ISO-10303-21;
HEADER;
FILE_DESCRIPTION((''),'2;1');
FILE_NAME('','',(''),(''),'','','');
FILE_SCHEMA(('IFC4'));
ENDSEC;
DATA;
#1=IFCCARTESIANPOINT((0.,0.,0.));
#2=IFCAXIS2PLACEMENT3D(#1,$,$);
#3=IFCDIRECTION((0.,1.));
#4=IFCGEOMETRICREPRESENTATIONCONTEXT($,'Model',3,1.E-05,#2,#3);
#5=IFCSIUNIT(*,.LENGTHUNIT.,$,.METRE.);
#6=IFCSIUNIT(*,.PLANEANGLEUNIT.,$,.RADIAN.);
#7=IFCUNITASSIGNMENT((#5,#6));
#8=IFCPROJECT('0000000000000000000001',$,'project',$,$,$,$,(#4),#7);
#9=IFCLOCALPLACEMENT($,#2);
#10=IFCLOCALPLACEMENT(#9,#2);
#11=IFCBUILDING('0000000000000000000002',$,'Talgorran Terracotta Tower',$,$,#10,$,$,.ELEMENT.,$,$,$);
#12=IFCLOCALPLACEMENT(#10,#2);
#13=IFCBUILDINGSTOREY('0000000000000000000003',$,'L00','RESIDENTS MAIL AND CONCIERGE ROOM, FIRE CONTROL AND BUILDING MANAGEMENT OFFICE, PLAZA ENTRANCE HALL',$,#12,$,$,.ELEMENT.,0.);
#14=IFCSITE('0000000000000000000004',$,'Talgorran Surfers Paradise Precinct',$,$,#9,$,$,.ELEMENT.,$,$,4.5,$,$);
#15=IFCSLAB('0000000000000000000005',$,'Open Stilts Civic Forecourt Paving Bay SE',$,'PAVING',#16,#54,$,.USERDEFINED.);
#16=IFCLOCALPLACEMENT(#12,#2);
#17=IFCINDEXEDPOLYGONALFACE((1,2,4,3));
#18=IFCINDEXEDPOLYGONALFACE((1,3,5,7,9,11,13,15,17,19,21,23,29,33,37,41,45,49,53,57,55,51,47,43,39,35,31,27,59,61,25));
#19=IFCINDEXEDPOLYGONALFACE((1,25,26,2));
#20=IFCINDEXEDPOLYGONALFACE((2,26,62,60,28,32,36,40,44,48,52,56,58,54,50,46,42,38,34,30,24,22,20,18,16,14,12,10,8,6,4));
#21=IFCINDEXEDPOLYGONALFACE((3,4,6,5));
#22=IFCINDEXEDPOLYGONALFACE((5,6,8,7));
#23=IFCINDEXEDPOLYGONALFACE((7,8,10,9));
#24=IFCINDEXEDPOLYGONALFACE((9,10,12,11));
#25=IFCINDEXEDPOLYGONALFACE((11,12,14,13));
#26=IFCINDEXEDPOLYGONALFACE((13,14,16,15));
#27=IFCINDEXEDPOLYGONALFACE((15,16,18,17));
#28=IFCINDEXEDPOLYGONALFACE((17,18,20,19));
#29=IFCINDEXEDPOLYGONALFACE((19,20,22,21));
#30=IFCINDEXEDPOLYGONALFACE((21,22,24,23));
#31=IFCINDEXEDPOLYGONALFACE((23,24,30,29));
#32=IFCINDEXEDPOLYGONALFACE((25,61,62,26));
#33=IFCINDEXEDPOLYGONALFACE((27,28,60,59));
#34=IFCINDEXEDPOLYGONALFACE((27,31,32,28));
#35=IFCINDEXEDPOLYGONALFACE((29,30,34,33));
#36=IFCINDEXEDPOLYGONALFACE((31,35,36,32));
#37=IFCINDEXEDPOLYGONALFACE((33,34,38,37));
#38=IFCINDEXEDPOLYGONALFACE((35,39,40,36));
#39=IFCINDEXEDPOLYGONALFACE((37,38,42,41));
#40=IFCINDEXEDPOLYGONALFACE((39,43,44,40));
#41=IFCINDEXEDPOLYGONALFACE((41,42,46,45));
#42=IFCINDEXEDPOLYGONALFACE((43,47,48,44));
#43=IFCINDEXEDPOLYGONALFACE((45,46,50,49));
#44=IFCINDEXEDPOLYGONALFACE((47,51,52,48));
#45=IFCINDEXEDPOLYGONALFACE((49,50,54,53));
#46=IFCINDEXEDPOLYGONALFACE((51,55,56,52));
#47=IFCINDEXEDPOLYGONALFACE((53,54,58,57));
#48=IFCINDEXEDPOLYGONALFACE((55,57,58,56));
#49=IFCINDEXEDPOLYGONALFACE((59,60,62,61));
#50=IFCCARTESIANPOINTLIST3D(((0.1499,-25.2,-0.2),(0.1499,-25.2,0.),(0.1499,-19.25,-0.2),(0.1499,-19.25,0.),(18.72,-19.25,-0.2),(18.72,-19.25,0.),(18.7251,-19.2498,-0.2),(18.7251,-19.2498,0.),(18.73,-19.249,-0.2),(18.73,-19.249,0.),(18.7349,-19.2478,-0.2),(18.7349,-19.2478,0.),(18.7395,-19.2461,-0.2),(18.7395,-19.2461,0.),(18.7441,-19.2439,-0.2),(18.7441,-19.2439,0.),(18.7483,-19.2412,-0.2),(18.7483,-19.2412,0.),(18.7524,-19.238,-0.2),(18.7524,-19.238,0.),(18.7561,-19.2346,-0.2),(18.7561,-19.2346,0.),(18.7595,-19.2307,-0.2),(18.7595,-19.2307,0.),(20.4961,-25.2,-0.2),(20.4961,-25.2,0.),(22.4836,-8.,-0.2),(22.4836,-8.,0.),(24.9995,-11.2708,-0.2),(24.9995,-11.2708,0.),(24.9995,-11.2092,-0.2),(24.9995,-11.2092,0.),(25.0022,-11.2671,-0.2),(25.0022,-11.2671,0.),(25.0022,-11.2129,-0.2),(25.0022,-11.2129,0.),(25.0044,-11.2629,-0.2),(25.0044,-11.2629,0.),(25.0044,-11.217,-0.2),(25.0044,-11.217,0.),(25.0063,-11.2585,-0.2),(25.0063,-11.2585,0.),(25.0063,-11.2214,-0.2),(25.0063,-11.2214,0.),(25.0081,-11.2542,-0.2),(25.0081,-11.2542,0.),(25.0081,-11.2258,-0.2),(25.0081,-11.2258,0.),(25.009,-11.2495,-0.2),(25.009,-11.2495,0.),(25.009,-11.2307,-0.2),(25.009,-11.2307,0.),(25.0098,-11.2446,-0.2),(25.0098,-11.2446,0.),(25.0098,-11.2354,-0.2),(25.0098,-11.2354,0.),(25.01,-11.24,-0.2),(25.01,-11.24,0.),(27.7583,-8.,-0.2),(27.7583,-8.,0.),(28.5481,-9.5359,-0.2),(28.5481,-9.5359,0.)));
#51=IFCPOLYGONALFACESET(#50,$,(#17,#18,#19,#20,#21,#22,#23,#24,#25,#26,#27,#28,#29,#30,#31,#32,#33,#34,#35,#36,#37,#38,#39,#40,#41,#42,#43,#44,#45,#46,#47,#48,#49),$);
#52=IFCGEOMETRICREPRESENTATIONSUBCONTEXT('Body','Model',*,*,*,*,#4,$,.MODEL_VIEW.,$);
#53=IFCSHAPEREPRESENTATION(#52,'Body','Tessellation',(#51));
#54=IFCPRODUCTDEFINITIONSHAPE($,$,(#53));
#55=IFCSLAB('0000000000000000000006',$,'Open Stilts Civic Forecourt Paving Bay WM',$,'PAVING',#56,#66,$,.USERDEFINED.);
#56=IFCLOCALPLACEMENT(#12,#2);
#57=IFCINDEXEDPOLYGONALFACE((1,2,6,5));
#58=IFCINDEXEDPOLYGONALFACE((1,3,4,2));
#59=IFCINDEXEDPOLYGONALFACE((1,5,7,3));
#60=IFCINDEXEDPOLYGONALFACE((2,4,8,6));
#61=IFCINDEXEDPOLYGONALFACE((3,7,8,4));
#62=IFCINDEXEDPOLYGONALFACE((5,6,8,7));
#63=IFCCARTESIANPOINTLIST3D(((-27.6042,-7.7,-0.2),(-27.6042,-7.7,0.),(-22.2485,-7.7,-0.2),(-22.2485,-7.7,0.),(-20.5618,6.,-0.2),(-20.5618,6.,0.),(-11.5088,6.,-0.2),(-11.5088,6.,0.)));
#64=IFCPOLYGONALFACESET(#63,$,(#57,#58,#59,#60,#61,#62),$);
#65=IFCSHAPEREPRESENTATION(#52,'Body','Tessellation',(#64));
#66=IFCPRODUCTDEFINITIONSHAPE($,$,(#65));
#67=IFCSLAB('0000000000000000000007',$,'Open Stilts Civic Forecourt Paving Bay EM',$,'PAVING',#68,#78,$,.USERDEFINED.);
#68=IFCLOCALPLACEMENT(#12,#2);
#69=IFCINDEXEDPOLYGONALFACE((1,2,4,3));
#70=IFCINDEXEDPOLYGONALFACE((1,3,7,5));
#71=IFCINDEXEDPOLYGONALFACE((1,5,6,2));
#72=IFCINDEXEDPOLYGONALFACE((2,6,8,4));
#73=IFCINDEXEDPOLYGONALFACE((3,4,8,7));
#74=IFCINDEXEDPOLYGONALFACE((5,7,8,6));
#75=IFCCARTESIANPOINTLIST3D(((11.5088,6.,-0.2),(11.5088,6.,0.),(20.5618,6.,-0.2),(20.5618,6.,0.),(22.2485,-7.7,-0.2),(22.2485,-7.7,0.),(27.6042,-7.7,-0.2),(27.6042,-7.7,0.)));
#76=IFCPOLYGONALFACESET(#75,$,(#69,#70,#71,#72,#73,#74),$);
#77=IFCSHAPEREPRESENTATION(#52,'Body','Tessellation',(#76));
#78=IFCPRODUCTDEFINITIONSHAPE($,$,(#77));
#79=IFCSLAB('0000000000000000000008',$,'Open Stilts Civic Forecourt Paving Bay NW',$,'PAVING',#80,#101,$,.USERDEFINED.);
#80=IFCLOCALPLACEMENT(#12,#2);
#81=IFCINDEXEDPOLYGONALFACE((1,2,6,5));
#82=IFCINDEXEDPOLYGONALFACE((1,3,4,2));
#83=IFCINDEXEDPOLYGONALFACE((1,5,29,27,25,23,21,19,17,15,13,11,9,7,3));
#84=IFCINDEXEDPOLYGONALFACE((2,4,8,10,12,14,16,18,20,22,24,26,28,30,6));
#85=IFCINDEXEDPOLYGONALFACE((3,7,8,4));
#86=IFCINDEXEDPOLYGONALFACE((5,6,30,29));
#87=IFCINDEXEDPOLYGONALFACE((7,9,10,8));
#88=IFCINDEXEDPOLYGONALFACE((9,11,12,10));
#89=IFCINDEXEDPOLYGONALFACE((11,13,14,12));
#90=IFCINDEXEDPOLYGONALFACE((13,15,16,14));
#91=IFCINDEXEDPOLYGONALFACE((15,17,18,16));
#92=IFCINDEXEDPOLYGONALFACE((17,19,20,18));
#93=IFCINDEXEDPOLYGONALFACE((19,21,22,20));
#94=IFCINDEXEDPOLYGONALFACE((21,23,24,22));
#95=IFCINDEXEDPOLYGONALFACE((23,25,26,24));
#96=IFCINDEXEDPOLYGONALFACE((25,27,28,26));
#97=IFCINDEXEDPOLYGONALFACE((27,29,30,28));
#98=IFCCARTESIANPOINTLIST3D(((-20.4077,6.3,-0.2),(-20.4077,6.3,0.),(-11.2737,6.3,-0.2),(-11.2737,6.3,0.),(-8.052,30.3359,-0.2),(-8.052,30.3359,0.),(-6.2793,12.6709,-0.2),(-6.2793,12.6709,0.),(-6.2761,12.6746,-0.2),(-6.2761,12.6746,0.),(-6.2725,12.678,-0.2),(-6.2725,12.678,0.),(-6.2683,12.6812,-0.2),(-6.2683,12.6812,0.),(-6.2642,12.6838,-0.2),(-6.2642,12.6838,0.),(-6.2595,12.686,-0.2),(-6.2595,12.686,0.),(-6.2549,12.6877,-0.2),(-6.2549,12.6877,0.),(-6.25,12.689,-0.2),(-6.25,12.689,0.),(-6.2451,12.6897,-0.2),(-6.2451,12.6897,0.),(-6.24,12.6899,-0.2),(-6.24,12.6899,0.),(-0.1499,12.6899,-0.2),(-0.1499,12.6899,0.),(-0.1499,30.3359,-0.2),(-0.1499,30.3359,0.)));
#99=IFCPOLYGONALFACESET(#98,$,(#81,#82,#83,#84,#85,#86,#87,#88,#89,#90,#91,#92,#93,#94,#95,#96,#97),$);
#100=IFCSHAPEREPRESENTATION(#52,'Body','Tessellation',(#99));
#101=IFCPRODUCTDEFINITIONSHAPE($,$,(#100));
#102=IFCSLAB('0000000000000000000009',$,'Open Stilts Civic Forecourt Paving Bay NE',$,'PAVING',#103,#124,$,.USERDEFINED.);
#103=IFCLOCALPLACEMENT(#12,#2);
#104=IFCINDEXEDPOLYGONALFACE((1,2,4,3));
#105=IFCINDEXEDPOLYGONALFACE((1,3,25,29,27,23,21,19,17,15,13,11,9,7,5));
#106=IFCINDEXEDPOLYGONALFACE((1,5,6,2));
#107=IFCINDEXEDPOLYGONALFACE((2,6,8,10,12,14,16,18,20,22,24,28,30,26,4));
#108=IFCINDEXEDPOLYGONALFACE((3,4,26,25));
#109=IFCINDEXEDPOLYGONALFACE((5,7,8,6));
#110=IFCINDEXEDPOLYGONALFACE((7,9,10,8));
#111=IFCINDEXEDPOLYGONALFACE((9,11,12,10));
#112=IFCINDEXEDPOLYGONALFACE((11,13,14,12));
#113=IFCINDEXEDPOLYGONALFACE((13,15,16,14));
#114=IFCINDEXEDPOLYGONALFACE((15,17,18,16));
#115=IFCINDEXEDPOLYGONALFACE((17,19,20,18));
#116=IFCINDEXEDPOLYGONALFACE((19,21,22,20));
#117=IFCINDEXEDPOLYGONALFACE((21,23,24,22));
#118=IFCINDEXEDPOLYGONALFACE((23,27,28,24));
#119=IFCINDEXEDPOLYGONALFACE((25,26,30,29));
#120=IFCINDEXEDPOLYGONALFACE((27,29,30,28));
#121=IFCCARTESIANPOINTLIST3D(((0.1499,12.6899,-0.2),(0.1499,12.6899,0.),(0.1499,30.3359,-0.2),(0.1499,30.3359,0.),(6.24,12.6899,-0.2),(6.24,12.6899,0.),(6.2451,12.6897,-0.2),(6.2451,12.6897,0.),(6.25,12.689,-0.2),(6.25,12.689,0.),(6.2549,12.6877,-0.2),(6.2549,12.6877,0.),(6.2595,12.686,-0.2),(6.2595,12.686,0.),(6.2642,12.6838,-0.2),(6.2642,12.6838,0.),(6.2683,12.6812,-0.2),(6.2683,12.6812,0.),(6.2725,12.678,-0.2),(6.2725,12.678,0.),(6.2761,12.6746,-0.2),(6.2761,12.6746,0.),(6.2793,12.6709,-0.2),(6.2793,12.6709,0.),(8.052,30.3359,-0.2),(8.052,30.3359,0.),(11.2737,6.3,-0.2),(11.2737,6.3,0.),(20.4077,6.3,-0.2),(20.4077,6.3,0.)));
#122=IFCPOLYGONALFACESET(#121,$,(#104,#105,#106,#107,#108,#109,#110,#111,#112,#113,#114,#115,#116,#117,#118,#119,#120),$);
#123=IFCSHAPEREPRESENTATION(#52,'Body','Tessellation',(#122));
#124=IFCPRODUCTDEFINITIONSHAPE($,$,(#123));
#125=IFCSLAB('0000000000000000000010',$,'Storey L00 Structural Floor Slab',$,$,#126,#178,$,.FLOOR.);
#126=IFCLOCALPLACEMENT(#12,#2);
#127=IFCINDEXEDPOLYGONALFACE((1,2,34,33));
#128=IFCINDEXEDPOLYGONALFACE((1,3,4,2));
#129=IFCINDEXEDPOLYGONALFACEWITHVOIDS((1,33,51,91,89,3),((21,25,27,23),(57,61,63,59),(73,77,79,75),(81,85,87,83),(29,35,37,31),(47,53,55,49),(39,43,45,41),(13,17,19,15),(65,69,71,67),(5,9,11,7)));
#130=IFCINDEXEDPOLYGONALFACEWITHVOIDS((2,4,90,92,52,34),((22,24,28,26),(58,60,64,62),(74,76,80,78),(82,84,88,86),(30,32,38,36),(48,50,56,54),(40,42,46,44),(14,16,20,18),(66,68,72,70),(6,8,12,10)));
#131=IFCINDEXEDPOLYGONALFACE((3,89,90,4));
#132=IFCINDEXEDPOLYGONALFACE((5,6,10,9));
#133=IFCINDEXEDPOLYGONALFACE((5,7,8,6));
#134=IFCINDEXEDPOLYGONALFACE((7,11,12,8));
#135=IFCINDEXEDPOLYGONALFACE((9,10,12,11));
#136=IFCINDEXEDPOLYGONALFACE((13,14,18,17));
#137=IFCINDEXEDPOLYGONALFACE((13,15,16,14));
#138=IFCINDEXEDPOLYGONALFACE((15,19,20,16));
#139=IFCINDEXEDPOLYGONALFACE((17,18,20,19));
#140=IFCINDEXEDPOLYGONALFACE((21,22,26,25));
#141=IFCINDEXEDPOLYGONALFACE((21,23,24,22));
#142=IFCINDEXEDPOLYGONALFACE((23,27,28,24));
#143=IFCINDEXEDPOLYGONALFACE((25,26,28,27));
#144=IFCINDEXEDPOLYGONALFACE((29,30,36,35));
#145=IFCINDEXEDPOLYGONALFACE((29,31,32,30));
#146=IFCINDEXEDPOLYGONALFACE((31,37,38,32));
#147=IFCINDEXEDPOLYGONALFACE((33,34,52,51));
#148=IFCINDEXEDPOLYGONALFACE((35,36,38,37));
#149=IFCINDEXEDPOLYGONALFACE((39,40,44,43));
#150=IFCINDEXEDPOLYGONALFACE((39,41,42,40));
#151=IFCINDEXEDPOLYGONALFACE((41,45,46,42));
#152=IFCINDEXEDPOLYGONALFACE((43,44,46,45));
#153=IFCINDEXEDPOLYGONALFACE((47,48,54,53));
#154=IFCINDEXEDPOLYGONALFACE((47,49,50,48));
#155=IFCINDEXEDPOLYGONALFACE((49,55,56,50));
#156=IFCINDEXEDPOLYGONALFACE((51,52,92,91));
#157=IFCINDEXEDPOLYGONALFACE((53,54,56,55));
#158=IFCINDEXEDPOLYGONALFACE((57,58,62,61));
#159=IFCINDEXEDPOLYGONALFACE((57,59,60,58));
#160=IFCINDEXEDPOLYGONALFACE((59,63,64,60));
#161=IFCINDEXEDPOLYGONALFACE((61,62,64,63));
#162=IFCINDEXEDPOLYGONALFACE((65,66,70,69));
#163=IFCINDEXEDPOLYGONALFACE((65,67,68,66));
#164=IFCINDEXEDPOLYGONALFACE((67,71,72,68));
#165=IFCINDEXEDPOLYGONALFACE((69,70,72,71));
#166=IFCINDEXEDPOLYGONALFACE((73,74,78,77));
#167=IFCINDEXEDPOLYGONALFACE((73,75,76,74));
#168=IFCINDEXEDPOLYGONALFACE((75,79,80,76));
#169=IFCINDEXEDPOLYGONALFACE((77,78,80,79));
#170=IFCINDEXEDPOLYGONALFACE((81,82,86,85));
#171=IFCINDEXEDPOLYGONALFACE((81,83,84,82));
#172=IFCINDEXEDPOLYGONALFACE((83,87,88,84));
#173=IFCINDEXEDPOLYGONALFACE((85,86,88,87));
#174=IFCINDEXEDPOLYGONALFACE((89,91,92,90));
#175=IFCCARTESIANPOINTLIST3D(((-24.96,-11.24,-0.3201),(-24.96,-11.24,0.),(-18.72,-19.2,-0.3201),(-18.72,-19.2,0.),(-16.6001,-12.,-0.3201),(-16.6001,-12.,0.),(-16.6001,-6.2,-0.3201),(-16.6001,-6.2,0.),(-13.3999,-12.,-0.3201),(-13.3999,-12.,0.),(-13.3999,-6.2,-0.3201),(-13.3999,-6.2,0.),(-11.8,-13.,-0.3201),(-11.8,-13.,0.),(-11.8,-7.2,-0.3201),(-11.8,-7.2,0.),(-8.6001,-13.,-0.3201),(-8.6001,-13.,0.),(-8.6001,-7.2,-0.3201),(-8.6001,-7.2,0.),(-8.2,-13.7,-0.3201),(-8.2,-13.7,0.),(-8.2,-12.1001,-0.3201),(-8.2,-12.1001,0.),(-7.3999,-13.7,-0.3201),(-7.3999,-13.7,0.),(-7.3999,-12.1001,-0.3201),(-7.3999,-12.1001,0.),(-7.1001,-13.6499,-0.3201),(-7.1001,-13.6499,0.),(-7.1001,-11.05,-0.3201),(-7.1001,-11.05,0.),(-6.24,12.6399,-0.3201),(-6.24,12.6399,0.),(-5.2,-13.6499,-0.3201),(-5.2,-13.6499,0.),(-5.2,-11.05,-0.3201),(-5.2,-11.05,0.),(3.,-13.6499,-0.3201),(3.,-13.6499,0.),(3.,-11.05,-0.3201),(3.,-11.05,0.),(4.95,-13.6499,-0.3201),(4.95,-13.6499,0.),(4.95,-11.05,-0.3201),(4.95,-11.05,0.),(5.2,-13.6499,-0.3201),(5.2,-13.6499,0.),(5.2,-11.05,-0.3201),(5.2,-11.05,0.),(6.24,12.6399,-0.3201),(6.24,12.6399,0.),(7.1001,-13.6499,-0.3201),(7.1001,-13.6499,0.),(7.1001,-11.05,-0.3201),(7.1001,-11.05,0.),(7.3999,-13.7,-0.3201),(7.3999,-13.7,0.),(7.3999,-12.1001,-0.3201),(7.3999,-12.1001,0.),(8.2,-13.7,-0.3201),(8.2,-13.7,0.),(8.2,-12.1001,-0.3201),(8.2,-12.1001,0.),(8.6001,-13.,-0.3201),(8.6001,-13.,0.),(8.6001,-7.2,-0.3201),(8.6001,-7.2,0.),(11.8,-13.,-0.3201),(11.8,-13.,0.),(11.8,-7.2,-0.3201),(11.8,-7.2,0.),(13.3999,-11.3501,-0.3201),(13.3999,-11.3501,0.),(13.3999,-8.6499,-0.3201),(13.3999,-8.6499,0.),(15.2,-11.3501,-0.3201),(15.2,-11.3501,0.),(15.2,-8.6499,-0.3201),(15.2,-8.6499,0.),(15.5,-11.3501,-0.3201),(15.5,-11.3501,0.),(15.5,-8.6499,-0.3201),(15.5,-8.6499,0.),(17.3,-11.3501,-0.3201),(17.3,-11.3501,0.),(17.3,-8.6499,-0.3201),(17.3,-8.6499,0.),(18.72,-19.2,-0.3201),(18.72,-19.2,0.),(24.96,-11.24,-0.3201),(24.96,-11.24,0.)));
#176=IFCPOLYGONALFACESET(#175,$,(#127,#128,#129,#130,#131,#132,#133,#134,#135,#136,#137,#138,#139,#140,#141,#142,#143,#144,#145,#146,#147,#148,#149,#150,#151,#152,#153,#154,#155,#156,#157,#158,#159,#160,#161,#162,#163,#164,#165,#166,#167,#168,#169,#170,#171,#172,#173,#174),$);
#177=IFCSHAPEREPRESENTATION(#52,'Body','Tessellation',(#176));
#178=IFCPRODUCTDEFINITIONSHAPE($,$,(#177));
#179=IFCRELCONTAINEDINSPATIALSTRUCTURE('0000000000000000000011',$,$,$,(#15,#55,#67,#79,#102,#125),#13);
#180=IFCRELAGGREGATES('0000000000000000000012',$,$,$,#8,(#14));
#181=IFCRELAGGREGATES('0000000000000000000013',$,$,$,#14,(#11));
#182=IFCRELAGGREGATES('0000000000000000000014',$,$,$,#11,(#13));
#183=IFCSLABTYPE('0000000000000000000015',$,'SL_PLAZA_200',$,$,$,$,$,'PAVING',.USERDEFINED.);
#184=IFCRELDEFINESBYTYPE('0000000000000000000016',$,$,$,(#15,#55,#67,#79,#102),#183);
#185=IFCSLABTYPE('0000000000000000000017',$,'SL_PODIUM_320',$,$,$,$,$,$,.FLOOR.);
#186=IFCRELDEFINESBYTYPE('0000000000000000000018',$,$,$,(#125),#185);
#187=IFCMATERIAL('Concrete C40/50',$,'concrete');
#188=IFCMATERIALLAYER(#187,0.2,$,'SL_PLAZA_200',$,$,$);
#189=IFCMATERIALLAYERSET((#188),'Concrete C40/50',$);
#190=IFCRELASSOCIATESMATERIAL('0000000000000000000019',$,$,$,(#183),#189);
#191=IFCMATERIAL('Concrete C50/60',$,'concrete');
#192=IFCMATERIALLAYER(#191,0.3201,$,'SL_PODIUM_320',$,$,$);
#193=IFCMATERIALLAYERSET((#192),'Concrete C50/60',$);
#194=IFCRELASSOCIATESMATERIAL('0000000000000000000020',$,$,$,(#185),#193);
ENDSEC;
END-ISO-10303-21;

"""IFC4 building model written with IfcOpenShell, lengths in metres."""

from ifc_helpers import new_model, si_unit, direction, frame, origin, place, context, subcontext, project, spatial, polyline, outline, extrude, material, layer, layer_set, type_object, element, save


model = new_model("IFC4")

# Units and contexts
model_context = context("Model", 3, precision=1e-05, world=origin(), true_north=direction((0.0, 1.0)))
body_context = subcontext(model_context, "Body", "Model", "MODEL_VIEW")
ifc_project = project(units=[si_unit("LENGTHUNIT", "METRE"), si_unit("PLANEANGLEUNIT", "RADIAN")], contexts=[model_context])

# Site, building, storey
site_placement = place(None, origin())
site = spatial("IfcSite", under=ifc_project, at=site_placement, Name="Talgorran Surfers Paradise Precinct", CompositionType="ELEMENT", RefElevation=4.5)
building_placement = place(site_placement, origin())
building = spatial("IfcBuilding", under=site, at=building_placement, Name="Talgorran Terracotta Tower", CompositionType="ELEMENT")
storey_placement = place(building_placement, origin())
storey = spatial("IfcBuildingStorey", under=building, at=storey_placement, Name="L00", Description="RESIDENTS MAIL AND CONCIERGE ROOM, FIRE CONTROL AND BUILDING MANAGEMENT OFFICE, PLAZA ENTRANCE HALL", CompositionType="ELEMENT", Elevation=0.0)

# Shared definitions
ifc_material_1 = material(Name="Concrete C40/50", Category="concrete")

# Slabs
ifc_layer_1 = layer(ifc_material_1, 0.2, Name="SL_PLAZA_200")
ifc_layer_set_1 = layer_set([ifc_layer_1], Name="Concrete C40/50")
slab_type_1 = type_object("IfcSlabType", Name="SL_PLAZA_200", ElementType="PAVING", PredefinedType="USERDEFINED", material=ifc_layer_set_1)
slab_1_placement = place(storey_placement, frame((0.0, 0.0, -0.2)))
element("IfcSlab", 1, at=slab_1_placement, inside=storey, type_object=slab_type_1, Name="Open Stilts Civic Forecourt Paving Bay SE", ObjectType="PAVING", PredefinedType="USERDEFINED", context=body_context, shape_type="SweptSolid", body=[
    extrude(outline(polyline([(27.7583, -8.0), (22.4836, -8.0), (24.9995, -11.2092), (25.0022, -11.2129), (25.0044, -11.217), (25.0063, -11.2214), (25.0081, -11.2258), (25.009, -11.2307), (25.0098, -11.2354), (25.01, -11.24), (25.0098, -11.2446), (25.009, -11.2495), (25.0081, -11.2542), (25.0063, -11.2585), (25.0044, -11.2629), (25.0022, -11.2671), (24.9995, -11.2708), (18.7595, -19.2307), (18.7561, -19.2346), (18.7524, -19.238), (18.7483, -19.2412), (18.7441, -19.2439), (18.7395, -19.2461), (18.7349, -19.2478), (18.73, -19.249), (18.7251, -19.2498), (18.72, -19.25), (0.1499, -19.25), (0.1499, -25.2), (20.4961, -25.2), (28.5481, -9.5359), (27.7583, -8.0)])), origin(), (0.0, 0.0, 1.0), 0.2),
])
slab_2_placement = place(storey_placement, frame((0.0, 0.0, -0.2)))
element("IfcSlab", 2, at=slab_2_placement, inside=storey, type_object=slab_type_1, Name="Open Stilts Civic Forecourt Paving Bay WM", ObjectType="PAVING", PredefinedType="USERDEFINED", context=body_context, shape_type="SweptSolid", body=[
    extrude(outline(polyline([(-27.6042, -7.7), (-22.2485, -7.7), (-11.5088, 6.0), (-20.5618, 6.0), (-27.6042, -7.7)])), origin(), (0.0, 0.0, 1.0), 0.2),
])
slab_3_placement = place(storey_placement, frame((0.0, 0.0, -0.2)))
element("IfcSlab", 3, at=slab_3_placement, inside=storey, type_object=slab_type_1, Name="Open Stilts Civic Forecourt Paving Bay EM", ObjectType="PAVING", PredefinedType="USERDEFINED", context=body_context, shape_type="SweptSolid", body=[
    extrude(outline(polyline([(20.5618, 6.0), (11.5088, 6.0), (22.2485, -7.7), (27.6042, -7.7), (20.5618, 6.0)])), origin(), (0.0, 0.0, 1.0), 0.2),
])
slab_4_placement = place(storey_placement, frame((0.0, 0.0, -0.2)))
element("IfcSlab", 4, at=slab_4_placement, inside=storey, type_object=slab_type_1, Name="Open Stilts Civic Forecourt Paving Bay NW", ObjectType="PAVING", PredefinedType="USERDEFINED", context=body_context, shape_type="SweptSolid", body=[
    extrude(outline(polyline([(-8.052, 30.3359), (-20.4077, 6.3), (-11.2737, 6.3), (-6.2793, 12.6709), (-6.2761, 12.6746), (-6.2725, 12.678), (-6.2683, 12.6812), (-6.2642, 12.6838), (-6.2595, 12.686), (-6.2549, 12.6877), (-6.25, 12.689), (-6.2451, 12.6897), (-6.24, 12.6899), (-0.1499, 12.6899), (-0.1499, 30.3359), (-8.052, 30.3359)])), origin(), (0.0, 0.0, 1.0), 0.2),
])
slab_5_placement = place(storey_placement, frame((0.0, 0.0, -0.2)))
element("IfcSlab", 5, at=slab_5_placement, inside=storey, type_object=slab_type_1, Name="Open Stilts Civic Forecourt Paving Bay NE", ObjectType="PAVING", PredefinedType="USERDEFINED", context=body_context, shape_type="SweptSolid", body=[
    extrude(outline(polyline([(0.1499, 30.3359), (0.1499, 12.6899), (6.24, 12.6899), (6.2451, 12.6897), (6.25, 12.689), (6.2549, 12.6877), (6.2595, 12.686), (6.2642, 12.6838), (6.2683, 12.6812), (6.2725, 12.678), (6.2761, 12.6746), (6.2793, 12.6709), (11.2737, 6.3), (20.4077, 6.3), (8.052, 30.3359), (0.1499, 30.3359)])), origin(), (0.0, 0.0, 1.0), 0.2),
])
ifc_material_2 = material(Name="Concrete C50/60", Category="concrete")
ifc_layer_2 = layer(ifc_material_2, 0.3201, Name="SL_PODIUM_320")
ifc_layer_set_2 = layer_set([ifc_layer_2], Name="Concrete C50/60")
slab_type_2 = type_object("IfcSlabType", Name="SL_PODIUM_320", PredefinedType="FLOOR", material=ifc_layer_set_2)
slab_6_placement = place(storey_placement, frame((0.0, 0.0, -0.3201)))
element("IfcSlab", 6, at=slab_6_placement, inside=storey, type_object=slab_type_2, Name="Storey L00 Structural Floor Slab", PredefinedType="FLOOR", context=body_context, shape_type="SweptSolid", body=[
    extrude(outline(polyline([(-24.96, -11.24), (-18.72, -19.2), (18.72, -19.2), (24.96, -11.24), (6.24, 12.6399), (-6.24, 12.6399), (-24.96, -11.24)]), holes=[polyline([(-11.8, -7.2), (-11.8, -13.0), (-8.6001, -13.0), (-8.6001, -7.2), (-11.8, -7.2)]), polyline([(8.6001, -7.2), (8.6001, -13.0), (11.8, -13.0), (11.8, -7.2), (8.6001, -7.2)]), polyline([(-16.6001, -6.2), (-16.6001, -12.0), (-13.3999, -12.0), (-13.3999, -6.2), (-16.6001, -6.2)]), polyline([(-7.1001, -13.6499), (-5.2, -13.6499), (-5.2, -11.05), (-7.1001, -11.05), (-7.1001, -13.6499)]), polyline([(5.2, -13.6499), (7.1001, -13.6499), (7.1001, -11.05), (5.2, -11.05), (5.2, -13.6499)]), polyline([(3.0, -13.6499), (4.95, -13.6499), (4.95, -11.05), (3.0, -11.05), (3.0, -13.6499)]), polyline([(13.3999, -11.3501), (15.2, -11.3501), (15.2, -8.6499), (13.3999, -8.6499), (13.3999, -11.3501)]), polyline([(15.5, -11.3501), (17.3, -11.3501), (17.3, -8.6499), (15.5, -8.6499), (15.5, -11.3501)]), polyline([(-8.2, -13.7), (-7.3999, -13.7), (-7.3999, -12.1001), (-8.2, -12.1001), (-8.2, -13.7)]), polyline([(7.3999, -13.7), (8.2, -13.7), (8.2, -12.1001), (7.3999, -12.1001), (7.3999, -13.7)])]), origin(), (0.0, 0.0, 1.0), 0.3201),
])

save(model, "model.ifc")
